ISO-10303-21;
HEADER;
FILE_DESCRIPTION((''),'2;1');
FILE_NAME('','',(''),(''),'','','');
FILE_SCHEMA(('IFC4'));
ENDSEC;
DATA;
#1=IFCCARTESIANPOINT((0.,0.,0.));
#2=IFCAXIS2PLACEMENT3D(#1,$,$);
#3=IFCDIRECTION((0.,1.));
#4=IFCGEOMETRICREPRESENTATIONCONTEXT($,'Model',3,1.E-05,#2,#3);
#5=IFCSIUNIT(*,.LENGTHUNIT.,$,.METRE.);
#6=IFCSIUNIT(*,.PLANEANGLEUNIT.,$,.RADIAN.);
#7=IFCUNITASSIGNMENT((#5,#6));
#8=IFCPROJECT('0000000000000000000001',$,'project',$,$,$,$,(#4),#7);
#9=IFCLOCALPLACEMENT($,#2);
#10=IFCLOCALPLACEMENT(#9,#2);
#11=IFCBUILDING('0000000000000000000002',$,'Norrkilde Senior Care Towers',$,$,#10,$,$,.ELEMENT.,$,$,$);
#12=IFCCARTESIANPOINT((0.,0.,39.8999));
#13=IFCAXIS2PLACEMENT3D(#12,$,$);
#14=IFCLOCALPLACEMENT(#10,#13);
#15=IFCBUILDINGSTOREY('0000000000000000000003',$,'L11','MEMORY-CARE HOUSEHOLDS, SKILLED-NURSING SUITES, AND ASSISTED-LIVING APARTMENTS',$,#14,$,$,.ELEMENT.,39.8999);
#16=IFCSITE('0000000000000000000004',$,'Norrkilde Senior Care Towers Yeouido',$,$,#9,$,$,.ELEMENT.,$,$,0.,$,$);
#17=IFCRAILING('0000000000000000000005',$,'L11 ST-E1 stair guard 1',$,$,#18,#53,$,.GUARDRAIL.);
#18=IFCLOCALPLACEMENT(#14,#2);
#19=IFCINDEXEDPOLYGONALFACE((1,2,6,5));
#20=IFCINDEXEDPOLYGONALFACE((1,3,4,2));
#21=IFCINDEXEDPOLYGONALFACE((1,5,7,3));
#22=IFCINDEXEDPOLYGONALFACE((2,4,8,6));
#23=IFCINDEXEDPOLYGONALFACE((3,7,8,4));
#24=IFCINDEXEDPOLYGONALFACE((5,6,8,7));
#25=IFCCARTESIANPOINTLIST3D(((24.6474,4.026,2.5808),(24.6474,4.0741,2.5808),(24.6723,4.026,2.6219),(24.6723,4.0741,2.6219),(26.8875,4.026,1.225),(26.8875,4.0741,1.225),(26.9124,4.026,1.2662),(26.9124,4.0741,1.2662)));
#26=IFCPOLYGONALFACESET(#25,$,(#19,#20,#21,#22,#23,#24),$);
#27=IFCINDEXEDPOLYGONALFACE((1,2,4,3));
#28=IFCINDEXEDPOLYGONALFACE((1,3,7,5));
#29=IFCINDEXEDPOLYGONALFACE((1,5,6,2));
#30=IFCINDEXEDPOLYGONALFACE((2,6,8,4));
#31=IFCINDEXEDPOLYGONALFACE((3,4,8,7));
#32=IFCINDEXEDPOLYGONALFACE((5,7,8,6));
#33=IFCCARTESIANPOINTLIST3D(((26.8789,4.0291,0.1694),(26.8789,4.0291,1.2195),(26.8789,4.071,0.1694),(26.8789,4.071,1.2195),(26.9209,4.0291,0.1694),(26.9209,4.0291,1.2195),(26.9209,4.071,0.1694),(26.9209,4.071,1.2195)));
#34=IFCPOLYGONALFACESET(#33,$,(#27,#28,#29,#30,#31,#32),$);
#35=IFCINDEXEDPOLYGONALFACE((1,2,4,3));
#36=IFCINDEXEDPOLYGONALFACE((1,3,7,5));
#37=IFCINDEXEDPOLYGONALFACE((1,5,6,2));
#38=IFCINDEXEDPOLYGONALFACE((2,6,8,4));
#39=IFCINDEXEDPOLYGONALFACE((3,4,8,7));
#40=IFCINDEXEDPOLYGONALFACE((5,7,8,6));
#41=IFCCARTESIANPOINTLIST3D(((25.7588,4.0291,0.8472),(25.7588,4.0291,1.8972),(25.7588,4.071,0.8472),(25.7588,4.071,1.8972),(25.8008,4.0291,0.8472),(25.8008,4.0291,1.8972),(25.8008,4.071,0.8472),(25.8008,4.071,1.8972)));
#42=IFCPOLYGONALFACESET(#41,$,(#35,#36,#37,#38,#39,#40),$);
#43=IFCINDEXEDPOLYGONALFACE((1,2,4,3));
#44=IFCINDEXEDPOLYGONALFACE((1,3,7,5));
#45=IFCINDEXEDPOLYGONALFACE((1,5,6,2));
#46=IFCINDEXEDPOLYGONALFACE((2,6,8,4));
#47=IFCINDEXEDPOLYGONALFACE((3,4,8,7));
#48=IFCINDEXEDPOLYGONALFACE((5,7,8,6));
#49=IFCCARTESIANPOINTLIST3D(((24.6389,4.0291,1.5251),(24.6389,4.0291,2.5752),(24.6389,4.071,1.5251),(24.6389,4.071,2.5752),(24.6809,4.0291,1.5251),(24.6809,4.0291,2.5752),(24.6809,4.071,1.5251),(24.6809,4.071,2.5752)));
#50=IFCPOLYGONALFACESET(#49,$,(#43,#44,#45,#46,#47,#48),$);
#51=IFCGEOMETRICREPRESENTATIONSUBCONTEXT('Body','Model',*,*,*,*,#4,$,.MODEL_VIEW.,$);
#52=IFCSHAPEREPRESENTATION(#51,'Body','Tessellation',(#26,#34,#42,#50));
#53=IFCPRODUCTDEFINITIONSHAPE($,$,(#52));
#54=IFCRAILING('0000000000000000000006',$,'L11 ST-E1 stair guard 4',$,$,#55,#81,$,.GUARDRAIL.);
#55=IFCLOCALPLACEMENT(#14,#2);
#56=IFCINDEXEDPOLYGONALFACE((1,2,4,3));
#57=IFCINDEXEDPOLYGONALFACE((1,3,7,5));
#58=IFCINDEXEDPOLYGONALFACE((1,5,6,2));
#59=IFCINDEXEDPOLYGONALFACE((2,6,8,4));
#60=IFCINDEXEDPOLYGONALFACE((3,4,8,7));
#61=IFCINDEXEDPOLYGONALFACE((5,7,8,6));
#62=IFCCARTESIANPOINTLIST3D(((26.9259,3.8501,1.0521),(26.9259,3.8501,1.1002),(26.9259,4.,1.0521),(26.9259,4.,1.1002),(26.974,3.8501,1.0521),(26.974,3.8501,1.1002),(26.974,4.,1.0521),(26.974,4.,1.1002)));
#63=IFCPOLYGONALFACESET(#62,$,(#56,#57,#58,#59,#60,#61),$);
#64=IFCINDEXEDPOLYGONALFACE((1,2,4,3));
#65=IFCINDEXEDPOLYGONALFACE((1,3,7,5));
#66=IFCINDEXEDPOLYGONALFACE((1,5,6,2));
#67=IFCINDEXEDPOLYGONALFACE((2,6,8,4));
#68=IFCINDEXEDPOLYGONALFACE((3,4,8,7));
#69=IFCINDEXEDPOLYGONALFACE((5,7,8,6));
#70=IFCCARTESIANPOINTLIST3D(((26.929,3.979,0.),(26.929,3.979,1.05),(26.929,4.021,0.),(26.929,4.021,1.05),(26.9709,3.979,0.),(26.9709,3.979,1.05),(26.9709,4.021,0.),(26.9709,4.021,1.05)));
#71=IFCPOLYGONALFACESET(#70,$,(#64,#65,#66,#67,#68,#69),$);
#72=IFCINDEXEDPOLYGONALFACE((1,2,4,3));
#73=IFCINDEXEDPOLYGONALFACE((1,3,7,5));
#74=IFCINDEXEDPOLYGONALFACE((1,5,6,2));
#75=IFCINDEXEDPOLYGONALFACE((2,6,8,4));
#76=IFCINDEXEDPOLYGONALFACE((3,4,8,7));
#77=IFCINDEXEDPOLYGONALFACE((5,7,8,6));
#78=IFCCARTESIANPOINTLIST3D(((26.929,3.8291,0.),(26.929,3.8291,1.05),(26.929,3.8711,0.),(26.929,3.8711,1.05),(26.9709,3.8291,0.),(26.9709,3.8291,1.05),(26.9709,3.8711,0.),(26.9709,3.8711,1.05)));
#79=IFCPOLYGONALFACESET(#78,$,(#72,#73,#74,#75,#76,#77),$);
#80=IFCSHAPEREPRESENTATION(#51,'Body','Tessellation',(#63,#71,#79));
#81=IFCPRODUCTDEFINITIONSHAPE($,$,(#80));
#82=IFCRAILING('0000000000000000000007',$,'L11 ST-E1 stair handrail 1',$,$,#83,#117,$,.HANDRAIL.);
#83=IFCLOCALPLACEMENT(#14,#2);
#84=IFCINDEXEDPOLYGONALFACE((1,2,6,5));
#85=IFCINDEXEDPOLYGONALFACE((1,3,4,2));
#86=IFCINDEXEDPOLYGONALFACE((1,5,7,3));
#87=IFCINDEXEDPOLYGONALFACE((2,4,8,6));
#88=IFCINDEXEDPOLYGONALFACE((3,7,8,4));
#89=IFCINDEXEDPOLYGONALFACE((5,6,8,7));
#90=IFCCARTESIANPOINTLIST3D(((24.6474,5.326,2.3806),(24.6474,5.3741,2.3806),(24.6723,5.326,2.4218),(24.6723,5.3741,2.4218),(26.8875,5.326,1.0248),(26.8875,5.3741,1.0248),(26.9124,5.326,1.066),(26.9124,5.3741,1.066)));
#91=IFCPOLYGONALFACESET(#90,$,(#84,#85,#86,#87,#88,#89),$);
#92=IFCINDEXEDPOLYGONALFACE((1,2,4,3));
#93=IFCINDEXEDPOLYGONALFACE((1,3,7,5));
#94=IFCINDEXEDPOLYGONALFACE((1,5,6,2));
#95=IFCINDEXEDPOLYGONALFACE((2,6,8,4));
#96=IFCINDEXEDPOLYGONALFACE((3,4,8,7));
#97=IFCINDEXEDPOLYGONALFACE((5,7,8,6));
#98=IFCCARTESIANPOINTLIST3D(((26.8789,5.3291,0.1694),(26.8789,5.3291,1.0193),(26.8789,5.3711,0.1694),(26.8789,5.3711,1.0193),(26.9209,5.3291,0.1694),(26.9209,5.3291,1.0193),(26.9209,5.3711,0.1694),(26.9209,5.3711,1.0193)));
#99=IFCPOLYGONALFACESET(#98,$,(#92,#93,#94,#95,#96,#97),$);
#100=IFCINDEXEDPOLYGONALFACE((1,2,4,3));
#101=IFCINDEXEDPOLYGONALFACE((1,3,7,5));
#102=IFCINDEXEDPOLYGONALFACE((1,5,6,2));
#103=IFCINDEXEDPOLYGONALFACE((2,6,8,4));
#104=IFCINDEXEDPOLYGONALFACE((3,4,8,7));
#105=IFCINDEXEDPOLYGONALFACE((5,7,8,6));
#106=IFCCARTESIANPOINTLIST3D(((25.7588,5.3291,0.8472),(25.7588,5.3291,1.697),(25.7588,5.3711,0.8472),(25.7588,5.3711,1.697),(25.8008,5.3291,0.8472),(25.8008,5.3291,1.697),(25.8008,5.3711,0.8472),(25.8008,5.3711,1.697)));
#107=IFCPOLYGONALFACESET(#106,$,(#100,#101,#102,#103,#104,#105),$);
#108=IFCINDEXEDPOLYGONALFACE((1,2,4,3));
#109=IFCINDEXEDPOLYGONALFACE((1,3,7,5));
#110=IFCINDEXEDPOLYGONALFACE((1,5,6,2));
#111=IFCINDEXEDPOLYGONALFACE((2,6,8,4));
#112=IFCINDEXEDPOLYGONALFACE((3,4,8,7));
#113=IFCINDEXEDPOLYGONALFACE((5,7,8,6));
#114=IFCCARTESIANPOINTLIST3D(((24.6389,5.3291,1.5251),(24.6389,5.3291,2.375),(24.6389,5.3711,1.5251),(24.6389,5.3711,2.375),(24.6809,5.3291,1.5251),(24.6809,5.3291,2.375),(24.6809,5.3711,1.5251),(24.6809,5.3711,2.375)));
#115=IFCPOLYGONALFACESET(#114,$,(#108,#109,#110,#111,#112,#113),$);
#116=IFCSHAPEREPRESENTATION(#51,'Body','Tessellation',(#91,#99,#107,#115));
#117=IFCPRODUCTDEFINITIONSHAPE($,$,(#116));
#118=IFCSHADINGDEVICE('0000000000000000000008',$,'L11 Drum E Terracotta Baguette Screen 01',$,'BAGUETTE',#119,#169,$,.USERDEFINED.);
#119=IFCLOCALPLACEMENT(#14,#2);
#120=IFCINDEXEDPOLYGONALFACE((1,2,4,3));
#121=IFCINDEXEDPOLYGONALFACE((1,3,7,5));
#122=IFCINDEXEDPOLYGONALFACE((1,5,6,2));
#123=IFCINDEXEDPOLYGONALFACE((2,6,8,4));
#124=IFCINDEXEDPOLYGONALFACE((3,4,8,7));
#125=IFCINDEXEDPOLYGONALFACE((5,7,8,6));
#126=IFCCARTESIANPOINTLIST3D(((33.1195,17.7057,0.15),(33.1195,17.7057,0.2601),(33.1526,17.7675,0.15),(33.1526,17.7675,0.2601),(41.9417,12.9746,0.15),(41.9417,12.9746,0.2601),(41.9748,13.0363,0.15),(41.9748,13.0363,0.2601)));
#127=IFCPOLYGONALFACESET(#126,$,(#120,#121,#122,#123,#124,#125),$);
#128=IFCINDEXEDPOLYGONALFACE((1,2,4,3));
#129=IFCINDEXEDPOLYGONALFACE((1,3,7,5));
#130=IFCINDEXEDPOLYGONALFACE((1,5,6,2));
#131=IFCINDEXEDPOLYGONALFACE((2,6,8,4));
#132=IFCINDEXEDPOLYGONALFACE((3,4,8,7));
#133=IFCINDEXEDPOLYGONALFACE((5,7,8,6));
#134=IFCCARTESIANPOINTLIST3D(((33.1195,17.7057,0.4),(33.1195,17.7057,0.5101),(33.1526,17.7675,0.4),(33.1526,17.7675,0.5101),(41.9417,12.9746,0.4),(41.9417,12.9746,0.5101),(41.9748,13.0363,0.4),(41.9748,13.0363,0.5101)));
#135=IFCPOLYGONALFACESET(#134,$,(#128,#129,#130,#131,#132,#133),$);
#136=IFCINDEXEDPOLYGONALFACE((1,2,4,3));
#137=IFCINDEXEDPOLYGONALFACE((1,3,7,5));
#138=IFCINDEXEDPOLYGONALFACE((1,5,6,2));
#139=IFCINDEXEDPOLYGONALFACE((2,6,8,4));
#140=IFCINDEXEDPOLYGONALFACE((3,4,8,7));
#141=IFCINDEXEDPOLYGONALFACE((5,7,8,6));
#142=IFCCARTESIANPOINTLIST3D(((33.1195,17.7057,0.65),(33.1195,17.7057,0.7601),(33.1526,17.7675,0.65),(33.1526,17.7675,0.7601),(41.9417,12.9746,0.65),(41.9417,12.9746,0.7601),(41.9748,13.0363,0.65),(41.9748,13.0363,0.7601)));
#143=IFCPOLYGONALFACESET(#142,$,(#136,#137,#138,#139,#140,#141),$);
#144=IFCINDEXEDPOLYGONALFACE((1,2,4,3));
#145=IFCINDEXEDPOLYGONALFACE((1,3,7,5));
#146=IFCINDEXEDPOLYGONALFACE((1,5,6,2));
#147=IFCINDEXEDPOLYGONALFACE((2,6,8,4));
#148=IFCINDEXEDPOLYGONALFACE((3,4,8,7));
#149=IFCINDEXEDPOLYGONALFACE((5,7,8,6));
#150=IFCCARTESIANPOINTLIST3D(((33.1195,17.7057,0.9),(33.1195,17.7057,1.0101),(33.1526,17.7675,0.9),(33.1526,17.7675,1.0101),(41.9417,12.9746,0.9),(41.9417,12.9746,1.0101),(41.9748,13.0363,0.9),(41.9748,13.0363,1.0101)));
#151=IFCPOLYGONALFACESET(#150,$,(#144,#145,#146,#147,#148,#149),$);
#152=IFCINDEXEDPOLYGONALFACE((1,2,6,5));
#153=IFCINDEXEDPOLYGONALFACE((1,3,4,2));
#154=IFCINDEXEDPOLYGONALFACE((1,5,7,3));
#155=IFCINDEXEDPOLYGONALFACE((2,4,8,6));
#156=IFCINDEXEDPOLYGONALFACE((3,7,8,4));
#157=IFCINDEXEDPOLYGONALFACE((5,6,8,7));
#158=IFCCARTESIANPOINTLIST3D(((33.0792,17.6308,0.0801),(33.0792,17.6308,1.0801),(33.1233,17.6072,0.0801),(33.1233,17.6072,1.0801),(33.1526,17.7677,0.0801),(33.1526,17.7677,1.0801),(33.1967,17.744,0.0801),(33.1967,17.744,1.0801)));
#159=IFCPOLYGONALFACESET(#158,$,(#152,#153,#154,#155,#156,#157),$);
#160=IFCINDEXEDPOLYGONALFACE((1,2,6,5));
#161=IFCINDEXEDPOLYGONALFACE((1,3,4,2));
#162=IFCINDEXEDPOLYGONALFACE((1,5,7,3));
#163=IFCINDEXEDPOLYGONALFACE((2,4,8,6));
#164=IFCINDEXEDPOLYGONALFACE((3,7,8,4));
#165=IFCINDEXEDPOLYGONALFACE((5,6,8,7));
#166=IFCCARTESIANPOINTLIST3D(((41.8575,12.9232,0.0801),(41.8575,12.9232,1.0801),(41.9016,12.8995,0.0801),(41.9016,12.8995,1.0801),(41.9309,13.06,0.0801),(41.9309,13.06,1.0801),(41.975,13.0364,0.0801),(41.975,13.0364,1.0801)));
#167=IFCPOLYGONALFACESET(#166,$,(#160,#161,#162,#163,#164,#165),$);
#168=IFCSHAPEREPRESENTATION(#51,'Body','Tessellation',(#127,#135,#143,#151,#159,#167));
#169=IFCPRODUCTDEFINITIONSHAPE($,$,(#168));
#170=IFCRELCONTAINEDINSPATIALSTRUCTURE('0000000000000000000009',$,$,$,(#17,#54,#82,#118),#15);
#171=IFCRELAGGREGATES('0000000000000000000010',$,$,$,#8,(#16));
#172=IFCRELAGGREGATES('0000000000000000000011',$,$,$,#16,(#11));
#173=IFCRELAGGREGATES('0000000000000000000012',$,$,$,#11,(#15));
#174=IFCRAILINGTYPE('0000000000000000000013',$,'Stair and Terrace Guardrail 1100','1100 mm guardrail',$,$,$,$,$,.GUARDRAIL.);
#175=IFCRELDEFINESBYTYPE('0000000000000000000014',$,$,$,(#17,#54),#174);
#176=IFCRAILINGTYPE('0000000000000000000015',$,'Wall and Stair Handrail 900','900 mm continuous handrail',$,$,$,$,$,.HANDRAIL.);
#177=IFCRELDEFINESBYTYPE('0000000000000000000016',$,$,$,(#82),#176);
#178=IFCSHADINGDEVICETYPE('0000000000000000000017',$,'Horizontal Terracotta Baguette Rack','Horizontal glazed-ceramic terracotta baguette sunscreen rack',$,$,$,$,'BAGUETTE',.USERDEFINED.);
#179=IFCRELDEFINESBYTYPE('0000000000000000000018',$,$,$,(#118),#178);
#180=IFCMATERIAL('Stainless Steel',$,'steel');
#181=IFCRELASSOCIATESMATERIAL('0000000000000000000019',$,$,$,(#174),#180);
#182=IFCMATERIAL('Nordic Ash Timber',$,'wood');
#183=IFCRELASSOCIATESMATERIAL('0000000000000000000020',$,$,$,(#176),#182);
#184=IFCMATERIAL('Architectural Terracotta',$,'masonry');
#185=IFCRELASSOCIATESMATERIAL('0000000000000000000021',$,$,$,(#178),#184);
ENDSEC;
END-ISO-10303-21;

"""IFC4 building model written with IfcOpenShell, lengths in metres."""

from ifc_helpers import new_model, si_unit, direction, frame, origin, origin_2d, place, context, subcontext, project, spatial, rectangle, extrude, source, transform, mapped, material, type_object, type_shapes, element, save


model = new_model("IFC4")

# Units and contexts
model_context = context("Model", 3, precision=1e-05, world=origin(), true_north=direction((0.0, 1.0)))
body_context = subcontext(model_context, "Body", "Model", "MODEL_VIEW")
ifc_project = project(units=[si_unit("LENGTHUNIT", "METRE"), si_unit("PLANEANGLEUNIT", "RADIAN")], contexts=[model_context])

# Site, building, storey
site_placement = place(None, origin())
site = spatial("IfcSite", under=ifc_project, at=site_placement, Name="Norrkilde Senior Care Towers Yeouido", CompositionType="ELEMENT", RefElevation=0.0)
building_placement = place(site_placement, origin())
building = spatial("IfcBuilding", under=site, at=building_placement, Name="Norrkilde Senior Care Towers", CompositionType="ELEMENT")
storey_placement = place(building_placement, frame((0.0, 0.0, 39.8999)))
storey = spatial("IfcBuildingStorey", under=building, at=storey_placement, Name="L11", Description="MEMORY-CARE HOUSEHOLDS, SKILLED-NURSING SUITES, AND ASSISTED-LIVING APARTMENTS", CompositionType="ELEMENT", Elevation=39.8999)

# Shared definitions
ifc_material_1 = material(Name="Stainless Steel", Category="steel")

# Shared definitions
ifc_material_2 = material(Name="Nordic Ash Timber", Category="wood")

# Railings
railing_type_1 = type_object("IfcRailingType", Name="Stair and Terrace Guardrail 1100", Description="1100 mm guardrail", PredefinedType="GUARDRAIL", material=ifc_material_1)
railing_1_placement = place(storey_placement, frame((26.8999, 4.05, 0.1694)))
element("IfcRailing", 1, at=railing_1_placement, inside=storey, type_object=railing_type_1, Name="L11 ST-E1 stair guard 1", PredefinedType="GUARDRAIL", context=body_context, shape_type="SweptSolid", body=[
    extrude(rectangle(XDim=0.0481, YDim=0.0481, at=origin_2d()), frame((0.0, 0.0, 1.0762), z_axis=(-0.855512, 0.0, 0.517783), x_axis=(0.0, -1.0, 0.0)), (0.0, 0.0, 1.0), 2.6184),
    extrude(rectangle(XDim=0.042, YDim=0.042, at=origin_2d()), origin(), (0.0, 0.0, 1.0), 1.05),
    extrude(rectangle(XDim=0.042, YDim=0.042, at=origin_2d()), frame((-1.1201, 0.0, 0.6777)), (0.0, 0.0, 1.0), 1.05),
    extrude(rectangle(XDim=0.042, YDim=0.042, at=origin_2d()), frame((-2.24, 0.0, 1.3557)), (0.0, 0.0, 1.0), 1.05),
])
railing_2_placement = place(storey_placement, frame((26.95, 4.0, 0.0)))
element("IfcRailing", 2, at=railing_2_placement, inside=storey, type_object=railing_type_1, Name="L11 ST-E1 stair guard 4", PredefinedType="GUARDRAIL", context=body_context, shape_type="SweptSolid", body=[
    extrude(rectangle(XDim=0.0481, YDim=0.0481, at=origin_2d()), frame((0.0, 0.0, 1.0762), z_axis=(0.0, -1.0, 0.0), x_axis=(1.0, 0.0, 0.0)), (0.0, 0.0, 1.0), 0.1499),
    extrude(rectangle(XDim=0.042, YDim=0.042, at=origin_2d()), origin(), (0.0, 0.0, 1.0), 1.05),
    extrude(rectangle(XDim=0.042, YDim=0.042, at=origin_2d()), frame((0.0, -0.1499, 0.0)), (0.0, 0.0, 1.0), 1.05),
])
railing_type_2 = type_object("IfcRailingType", Name="Wall and Stair Handrail 900", Description="900 mm continuous handrail", PredefinedType="HANDRAIL", material=ifc_material_2)
railing_3_placement = place(storey_placement, frame((26.8999, 5.3501, 0.1694)))
element("IfcRailing", 3, at=railing_3_placement, inside=storey, type_object=railing_type_2, Name="L11 ST-E1 stair handrail 1", PredefinedType="HANDRAIL", context=body_context, shape_type="SweptSolid", body=[
    extrude(rectangle(XDim=0.0481, YDim=0.0481, at=origin_2d()), frame((0.0, 0.0, 0.876), z_axis=(-0.855512, 0.0, 0.517783), x_axis=(0.0, -1.0, 0.0)), (0.0, 0.0, 1.0), 2.6184),
    extrude(rectangle(XDim=0.042, YDim=0.042, at=origin_2d()), origin(), (0.0, 0.0, 1.0), 0.8499),
    extrude(rectangle(XDim=0.042, YDim=0.042, at=origin_2d()), frame((-1.1201, 0.0, 0.6777)), (0.0, 0.0, 1.0), 0.8499),
    extrude(rectangle(XDim=0.042, YDim=0.042, at=origin_2d()), frame((-2.24, 0.0, 1.3557)), (0.0, 0.0, 1.0), 0.8499),
])

# Shading device
ifc_material_3 = material(Name="Architectural Terracotta", Category="masonry")
shading_device_type = type_object("IfcShadingDeviceType", Name="Horizontal Terracotta Baguette Rack", Description="Horizontal glazed-ceramic terracotta baguette sunscreen rack", ElementType="BAGUETTE", PredefinedType="USERDEFINED", material=ifc_material_3)
shared_shape_1 = source(origin(), body_context, "Body", "SweptSolid", [
    extrude(rectangle(XDim=0.0701, YDim=0.1101, at=origin_2d()), frame((0.0, 0.0901, 0.125), z_axis=(1.0, 0.0, 0.0), x_axis=(0.0, 1.0, 0.0)), (0.0, 0.0, 1.0), 10.0107),
    extrude(rectangle(XDim=0.0701, YDim=0.1101, at=origin_2d()), frame((0.0, 0.0901, 0.375), z_axis=(1.0, 0.0, 0.0), x_axis=(0.0, 1.0, 0.0)), (0.0, 0.0, 1.0), 10.0107),
    extrude(rectangle(XDim=0.0701, YDim=0.1101, at=origin_2d()), frame((0.0, 0.0901, 0.625), z_axis=(1.0, 0.0, 0.0), x_axis=(0.0, 1.0, 0.0)), (0.0, 0.0, 1.0), 10.0107),
    extrude(rectangle(XDim=0.0701, YDim=0.1101, at=origin_2d()), frame((0.0, 0.0901, 0.875), z_axis=(1.0, 0.0, 0.0), x_axis=(0.0, 1.0, 0.0)), (0.0, 0.0, 1.0), 10.0107),
    extrude(rectangle(XDim=0.05, YDim=0.1553, at=origin_2d()), frame((0.0249, 0.0476, 0.0)), (0.0, 0.0, 1.0), 1.0),
    extrude(rectangle(XDim=0.05, YDim=0.1553, at=origin_2d()), frame((9.9858, 0.0476, 0.0)), (0.0, 0.0, 1.0), 1.0),
])
type_shapes(shading_device_type, [shared_shape_1])
shading_device_placement = place(storey_placement, frame((33.0935, 17.6572, 0.0801), z_axis=(0.0, 0.0, 1.0), x_axis=(0.88128, -0.472612, 0.0)))
element("IfcShadingDevice", 4, at=shading_device_placement, inside=storey, type_object=shading_device_type, Name="L11 Drum E Terracotta Baguette Screen 01", ObjectType="BAGUETTE", PredefinedType="USERDEFINED", context=body_context, shape_type="MappedRepresentation", body=[
    mapped(shared_shape_1, transform((0.0, 0.0, 0.0), x_axis=(1.0, 0.0, 0.0), y_axis=(0.0, 1.0, 0.0), z_axis=(0.0, 0.0, 1.0), scale=1.0)),
])

save(model, "model.ifc")
